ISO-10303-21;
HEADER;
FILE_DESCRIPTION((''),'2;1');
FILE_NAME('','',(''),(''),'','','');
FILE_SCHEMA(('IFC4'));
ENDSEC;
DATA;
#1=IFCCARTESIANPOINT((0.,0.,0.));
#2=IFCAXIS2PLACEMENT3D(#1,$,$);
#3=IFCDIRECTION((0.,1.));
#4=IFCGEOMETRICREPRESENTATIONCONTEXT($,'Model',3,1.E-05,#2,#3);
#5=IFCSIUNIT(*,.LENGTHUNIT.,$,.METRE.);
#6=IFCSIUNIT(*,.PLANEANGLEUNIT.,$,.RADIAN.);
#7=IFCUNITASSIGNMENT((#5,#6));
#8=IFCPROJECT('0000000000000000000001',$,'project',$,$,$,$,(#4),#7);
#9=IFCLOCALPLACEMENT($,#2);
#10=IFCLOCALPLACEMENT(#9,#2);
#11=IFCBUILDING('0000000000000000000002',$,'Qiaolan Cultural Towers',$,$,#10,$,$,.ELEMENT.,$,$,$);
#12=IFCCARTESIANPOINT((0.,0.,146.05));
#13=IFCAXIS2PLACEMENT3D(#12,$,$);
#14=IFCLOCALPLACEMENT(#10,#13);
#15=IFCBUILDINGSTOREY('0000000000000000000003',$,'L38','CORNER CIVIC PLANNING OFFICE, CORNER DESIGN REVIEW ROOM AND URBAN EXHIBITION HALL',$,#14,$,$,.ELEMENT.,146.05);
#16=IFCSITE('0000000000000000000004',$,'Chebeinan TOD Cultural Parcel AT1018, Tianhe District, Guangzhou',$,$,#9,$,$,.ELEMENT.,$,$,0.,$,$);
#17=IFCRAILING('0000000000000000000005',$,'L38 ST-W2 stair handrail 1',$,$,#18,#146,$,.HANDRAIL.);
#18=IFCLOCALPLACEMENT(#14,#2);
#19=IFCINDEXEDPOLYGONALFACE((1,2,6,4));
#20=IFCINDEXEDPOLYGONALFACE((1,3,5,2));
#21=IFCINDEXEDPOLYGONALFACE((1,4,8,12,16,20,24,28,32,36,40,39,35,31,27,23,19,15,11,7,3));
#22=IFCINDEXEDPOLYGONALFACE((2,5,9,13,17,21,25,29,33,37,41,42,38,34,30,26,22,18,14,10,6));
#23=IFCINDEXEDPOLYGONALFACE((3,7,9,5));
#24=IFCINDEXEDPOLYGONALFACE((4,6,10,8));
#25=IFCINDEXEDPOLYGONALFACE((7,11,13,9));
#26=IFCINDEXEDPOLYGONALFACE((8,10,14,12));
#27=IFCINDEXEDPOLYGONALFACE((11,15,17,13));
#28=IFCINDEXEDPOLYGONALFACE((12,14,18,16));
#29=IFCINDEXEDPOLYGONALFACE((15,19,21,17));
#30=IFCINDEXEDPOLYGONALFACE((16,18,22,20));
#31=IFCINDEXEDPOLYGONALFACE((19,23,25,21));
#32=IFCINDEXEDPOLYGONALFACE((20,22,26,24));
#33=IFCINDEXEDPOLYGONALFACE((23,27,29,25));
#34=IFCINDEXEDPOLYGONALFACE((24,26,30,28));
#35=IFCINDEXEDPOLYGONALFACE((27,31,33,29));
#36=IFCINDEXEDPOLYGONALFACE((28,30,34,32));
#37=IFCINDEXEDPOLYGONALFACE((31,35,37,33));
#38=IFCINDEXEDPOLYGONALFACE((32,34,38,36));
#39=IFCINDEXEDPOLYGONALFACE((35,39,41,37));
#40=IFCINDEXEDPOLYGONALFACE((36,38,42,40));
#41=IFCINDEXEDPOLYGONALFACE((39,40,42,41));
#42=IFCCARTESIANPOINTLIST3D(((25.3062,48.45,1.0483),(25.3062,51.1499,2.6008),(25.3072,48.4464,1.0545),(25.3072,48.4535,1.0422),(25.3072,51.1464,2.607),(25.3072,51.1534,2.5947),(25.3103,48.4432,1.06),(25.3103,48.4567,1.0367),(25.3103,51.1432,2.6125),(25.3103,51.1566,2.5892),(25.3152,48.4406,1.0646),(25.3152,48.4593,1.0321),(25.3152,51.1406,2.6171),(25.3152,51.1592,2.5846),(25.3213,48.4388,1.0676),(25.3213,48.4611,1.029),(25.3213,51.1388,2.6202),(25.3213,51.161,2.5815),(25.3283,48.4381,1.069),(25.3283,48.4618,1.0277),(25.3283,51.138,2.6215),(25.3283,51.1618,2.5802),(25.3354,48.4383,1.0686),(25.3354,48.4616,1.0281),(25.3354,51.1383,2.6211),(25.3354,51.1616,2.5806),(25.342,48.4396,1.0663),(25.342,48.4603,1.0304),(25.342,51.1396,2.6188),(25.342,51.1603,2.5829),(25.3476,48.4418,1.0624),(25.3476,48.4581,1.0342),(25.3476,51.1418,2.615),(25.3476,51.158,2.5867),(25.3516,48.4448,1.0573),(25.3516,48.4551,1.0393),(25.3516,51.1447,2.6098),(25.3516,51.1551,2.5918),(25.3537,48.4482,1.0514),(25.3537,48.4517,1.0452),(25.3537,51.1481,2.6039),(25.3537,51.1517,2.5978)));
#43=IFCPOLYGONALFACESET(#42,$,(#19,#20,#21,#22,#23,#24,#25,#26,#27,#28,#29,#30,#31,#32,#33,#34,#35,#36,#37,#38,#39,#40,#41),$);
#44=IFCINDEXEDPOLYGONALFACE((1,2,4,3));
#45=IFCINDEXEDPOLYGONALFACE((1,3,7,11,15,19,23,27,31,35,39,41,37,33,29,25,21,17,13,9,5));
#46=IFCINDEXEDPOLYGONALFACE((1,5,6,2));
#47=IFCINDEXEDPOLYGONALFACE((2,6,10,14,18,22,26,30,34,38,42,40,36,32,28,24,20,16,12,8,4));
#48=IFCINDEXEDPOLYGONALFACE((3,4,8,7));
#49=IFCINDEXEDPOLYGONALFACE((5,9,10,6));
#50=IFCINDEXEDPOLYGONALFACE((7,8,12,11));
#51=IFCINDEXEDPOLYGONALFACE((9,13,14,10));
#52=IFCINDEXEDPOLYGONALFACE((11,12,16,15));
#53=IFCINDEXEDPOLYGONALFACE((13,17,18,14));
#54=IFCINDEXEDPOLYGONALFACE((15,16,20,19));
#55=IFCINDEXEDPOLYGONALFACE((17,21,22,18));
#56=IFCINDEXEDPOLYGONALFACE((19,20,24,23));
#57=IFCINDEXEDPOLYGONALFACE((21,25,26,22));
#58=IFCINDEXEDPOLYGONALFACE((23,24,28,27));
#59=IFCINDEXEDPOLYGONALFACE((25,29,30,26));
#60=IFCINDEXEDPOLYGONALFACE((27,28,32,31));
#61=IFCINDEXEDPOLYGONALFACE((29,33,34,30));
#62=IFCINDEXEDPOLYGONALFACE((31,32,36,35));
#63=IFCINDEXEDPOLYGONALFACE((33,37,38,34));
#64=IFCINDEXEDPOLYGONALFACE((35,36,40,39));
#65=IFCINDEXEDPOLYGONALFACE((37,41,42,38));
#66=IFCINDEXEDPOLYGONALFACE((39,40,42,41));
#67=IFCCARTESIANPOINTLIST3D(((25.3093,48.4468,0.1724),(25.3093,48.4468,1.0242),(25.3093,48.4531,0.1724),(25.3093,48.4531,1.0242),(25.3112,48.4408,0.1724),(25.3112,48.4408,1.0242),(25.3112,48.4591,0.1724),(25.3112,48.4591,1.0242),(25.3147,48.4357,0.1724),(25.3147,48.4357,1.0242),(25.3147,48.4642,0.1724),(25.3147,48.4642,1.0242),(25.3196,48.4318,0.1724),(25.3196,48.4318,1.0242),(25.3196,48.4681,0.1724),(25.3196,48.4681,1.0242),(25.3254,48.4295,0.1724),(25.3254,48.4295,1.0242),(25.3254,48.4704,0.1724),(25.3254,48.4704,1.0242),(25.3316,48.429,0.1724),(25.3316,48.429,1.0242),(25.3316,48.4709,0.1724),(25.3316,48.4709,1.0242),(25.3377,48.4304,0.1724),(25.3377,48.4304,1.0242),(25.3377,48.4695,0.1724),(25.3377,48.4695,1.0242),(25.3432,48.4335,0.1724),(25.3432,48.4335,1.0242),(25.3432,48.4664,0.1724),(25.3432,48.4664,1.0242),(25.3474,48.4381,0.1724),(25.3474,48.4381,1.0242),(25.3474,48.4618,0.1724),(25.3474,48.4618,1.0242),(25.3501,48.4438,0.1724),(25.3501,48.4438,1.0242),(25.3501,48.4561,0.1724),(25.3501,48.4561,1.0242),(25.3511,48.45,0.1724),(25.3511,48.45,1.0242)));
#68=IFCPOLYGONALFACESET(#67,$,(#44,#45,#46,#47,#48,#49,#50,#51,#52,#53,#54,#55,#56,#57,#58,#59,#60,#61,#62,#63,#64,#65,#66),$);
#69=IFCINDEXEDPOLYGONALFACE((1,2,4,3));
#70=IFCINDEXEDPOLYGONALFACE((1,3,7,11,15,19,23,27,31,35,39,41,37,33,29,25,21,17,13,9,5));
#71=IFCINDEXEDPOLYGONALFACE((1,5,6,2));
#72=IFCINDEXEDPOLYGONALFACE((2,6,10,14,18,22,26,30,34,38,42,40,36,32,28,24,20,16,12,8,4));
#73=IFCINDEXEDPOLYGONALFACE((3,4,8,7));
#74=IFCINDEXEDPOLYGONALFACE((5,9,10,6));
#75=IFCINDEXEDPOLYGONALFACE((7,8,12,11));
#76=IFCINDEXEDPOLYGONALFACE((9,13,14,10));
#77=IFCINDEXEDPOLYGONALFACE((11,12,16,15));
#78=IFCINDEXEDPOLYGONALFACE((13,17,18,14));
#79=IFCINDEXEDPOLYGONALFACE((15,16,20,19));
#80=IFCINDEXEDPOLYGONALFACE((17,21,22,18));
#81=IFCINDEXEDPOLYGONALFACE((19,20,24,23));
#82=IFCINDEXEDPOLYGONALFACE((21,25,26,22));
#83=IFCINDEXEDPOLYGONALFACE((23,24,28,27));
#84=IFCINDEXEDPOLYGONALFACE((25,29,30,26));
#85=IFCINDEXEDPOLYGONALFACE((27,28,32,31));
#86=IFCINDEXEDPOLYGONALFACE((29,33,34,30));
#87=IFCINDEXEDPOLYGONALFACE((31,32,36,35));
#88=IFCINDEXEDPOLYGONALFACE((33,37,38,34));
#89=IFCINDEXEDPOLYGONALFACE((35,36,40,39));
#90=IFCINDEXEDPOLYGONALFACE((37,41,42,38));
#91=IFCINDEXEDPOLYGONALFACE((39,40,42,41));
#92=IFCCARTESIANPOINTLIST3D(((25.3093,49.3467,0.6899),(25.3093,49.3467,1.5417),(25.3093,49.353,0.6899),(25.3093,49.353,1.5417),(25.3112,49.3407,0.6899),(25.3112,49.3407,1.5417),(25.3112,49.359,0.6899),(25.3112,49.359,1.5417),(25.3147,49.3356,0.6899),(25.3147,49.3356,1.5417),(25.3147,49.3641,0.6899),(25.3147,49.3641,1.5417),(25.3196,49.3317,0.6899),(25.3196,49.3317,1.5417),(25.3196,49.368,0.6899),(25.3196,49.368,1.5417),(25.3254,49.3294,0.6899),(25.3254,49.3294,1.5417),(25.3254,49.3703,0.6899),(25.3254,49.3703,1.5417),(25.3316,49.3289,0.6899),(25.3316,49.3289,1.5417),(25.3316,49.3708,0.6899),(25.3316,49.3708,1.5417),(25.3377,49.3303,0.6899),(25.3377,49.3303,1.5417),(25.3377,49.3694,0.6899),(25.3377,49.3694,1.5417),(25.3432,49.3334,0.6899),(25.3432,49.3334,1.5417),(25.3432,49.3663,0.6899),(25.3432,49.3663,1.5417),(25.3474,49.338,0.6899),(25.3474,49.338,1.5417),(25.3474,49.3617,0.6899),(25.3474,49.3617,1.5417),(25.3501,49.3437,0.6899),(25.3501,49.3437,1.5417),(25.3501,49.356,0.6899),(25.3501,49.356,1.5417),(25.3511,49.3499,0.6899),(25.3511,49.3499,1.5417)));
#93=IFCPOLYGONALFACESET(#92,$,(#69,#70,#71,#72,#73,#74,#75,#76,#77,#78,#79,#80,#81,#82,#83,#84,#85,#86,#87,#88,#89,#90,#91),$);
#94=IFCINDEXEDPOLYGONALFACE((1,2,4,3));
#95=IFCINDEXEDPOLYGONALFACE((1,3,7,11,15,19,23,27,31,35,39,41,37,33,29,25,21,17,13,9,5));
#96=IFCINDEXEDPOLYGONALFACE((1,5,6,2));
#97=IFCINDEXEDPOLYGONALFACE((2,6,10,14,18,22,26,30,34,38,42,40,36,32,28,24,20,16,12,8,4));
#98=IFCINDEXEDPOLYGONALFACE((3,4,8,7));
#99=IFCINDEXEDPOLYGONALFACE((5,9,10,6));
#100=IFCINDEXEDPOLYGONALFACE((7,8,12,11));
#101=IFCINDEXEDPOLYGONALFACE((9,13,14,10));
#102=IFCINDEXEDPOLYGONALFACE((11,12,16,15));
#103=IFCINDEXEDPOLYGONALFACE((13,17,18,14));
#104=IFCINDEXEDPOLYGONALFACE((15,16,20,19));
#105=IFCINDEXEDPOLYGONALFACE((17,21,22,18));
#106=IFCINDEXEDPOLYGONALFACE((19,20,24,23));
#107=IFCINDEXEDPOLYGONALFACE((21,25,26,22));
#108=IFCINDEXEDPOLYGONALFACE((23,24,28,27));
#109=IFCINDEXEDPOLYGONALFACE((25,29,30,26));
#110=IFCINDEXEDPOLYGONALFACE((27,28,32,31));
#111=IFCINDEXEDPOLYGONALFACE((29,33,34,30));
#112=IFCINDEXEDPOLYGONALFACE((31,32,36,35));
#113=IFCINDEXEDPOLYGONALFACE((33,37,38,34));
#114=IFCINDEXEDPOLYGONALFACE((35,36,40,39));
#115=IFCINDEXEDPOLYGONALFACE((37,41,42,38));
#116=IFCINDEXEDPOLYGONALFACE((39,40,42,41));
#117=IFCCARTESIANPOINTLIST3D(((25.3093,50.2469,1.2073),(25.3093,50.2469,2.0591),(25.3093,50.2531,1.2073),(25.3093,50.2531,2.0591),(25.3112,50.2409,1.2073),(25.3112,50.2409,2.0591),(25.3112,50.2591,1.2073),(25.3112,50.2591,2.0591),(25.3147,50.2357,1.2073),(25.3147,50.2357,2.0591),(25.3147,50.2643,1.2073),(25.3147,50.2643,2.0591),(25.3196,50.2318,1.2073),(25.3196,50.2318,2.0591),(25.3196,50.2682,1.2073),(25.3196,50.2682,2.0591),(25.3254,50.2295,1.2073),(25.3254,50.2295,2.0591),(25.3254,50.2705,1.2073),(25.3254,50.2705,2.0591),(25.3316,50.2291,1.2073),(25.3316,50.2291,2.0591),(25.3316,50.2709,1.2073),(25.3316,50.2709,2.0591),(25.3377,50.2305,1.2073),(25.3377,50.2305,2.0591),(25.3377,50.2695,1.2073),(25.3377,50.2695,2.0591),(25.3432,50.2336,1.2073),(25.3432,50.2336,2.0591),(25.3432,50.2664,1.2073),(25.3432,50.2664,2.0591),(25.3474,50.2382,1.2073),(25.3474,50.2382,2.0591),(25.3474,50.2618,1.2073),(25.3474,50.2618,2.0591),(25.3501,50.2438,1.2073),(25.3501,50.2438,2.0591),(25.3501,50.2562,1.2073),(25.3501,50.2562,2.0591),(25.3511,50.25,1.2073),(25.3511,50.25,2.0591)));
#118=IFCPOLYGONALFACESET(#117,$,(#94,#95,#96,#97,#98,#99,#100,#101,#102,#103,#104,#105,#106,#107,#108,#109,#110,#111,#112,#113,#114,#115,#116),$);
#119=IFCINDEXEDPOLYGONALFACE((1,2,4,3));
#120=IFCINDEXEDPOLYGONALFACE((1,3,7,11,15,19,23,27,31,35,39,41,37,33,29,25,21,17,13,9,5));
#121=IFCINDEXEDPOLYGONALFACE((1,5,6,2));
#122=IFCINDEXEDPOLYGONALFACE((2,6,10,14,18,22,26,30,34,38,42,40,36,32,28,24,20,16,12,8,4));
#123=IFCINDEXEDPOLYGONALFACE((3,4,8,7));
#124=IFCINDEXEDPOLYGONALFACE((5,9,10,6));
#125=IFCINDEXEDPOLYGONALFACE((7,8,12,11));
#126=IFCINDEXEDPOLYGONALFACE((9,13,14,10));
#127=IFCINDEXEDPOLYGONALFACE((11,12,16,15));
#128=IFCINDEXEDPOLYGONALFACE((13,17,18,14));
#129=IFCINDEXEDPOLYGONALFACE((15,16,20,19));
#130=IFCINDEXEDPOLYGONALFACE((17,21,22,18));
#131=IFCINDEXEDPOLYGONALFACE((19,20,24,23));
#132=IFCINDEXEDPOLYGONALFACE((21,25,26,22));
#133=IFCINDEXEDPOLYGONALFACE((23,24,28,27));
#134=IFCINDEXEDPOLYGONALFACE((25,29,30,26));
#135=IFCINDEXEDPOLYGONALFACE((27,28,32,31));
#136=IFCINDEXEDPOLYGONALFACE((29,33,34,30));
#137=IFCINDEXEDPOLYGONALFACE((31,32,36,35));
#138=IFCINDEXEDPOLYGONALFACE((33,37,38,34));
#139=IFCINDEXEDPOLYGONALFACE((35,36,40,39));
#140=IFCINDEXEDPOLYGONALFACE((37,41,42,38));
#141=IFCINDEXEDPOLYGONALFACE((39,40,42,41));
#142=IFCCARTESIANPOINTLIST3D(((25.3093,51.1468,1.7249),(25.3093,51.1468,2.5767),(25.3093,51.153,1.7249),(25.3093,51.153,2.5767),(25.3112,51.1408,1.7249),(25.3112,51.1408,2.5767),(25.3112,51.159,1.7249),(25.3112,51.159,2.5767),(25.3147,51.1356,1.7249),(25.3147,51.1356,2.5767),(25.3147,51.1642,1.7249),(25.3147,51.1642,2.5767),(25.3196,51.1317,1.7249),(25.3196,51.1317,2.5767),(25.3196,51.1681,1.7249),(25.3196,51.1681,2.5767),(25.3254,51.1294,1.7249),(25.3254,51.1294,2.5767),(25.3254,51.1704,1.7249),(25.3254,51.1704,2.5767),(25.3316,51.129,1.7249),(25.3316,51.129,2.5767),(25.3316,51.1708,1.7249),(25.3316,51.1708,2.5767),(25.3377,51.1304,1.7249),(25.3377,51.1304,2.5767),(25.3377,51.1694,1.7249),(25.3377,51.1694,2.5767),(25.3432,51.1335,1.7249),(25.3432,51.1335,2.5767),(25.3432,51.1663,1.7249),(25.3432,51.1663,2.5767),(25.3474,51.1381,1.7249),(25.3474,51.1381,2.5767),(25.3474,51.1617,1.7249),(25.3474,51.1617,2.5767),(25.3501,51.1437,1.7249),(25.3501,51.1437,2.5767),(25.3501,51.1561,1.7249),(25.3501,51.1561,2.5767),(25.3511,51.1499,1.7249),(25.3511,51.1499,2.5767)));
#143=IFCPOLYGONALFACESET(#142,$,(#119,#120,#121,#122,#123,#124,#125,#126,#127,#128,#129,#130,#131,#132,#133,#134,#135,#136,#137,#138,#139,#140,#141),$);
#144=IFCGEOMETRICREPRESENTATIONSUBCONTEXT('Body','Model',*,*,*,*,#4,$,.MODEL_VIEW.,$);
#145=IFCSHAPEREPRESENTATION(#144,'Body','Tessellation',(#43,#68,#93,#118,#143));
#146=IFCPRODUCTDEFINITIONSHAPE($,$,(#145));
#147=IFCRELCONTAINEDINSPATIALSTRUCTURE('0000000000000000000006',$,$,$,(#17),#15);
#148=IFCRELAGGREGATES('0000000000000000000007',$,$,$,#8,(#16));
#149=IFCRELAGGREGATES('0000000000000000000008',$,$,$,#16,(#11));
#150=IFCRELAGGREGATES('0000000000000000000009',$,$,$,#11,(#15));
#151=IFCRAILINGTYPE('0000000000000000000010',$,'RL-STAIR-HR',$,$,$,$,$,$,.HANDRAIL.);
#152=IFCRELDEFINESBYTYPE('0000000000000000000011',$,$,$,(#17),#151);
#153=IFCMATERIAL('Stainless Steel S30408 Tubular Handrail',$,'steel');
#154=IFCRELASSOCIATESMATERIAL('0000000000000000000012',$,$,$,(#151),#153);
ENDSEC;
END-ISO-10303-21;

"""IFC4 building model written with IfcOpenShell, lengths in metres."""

from ifc_helpers import new_model, si_unit, direction, frame, origin, origin_2d, place, context, subcontext, project, spatial, circle, extrude, material, type_object, element, save


model = new_model("IFC4")

# Units and contexts
model_context = context("Model", 3, precision=1e-05, world=origin(), true_north=direction((0.0, 1.0)))
body_context = subcontext(model_context, "Body", "Model", "MODEL_VIEW")
ifc_project = project(units=[si_unit("LENGTHUNIT", "METRE"), si_unit("PLANEANGLEUNIT", "RADIAN")], contexts=[model_context])

# Site, building, storey
site_placement = place(None, origin())
site = spatial("IfcSite", under=ifc_project, at=site_placement, Name="Chebeinan TOD Cultural Parcel AT1018, Tianhe District, Guangzhou", CompositionType="ELEMENT", RefElevation=0.0)
building_placement = place(site_placement, origin())
building = spatial("IfcBuilding", under=site, at=building_placement, Name="Qiaolan Cultural Towers", CompositionType="ELEMENT")
storey_placement = place(building_placement, frame((0.0, 0.0, 146.05)))
storey = spatial("IfcBuildingStorey", under=building, at=storey_placement, Name="L38", Description="CORNER CIVIC PLANNING OFFICE, CORNER DESIGN REVIEW ROOM AND URBAN EXHIBITION HALL", CompositionType="ELEMENT", Elevation=146.05)

# Railing
ifc_material_1 = material(Name="Stainless Steel S30408 Tubular Handrail", Category="steel")
railing_type = type_object("IfcRailingType", Name="RL-STAIR-HR", PredefinedType="HANDRAIL", material=ifc_material_1)
railing_placement = place(storey_placement, frame((25.3301, 48.45, 0.1724)))
element("IfcRailing", 1, at=railing_placement, inside=storey, type_object=railing_type, Name="L38 ST-W2 stair handrail 1", PredefinedType="HANDRAIL", context=body_context, shape_type="SweptSolid", body=[
    extrude(circle(Radius=0.0239, at=origin_2d()), frame((0.0, 0.0, 0.876), z_axis=(0.0, 0.866904, 0.498476), x_axis=(-1.0, 0.0, 0.0)), (0.0, 0.0, 1.0), 3.1145),
    extrude(circle(Radius=0.021, at=origin_2d()), origin(), (0.0, 0.0, 1.0), 0.8518),
    extrude(circle(Radius=0.021, at=origin_2d()), frame((0.0, 0.8999, 0.5176)), (0.0, 0.0, 1.0), 0.8518),
    extrude(circle(Radius=0.021, at=origin_2d()), frame((0.0, 1.8, 1.0349)), (0.0, 0.0, 1.0), 0.8518),
    extrude(circle(Radius=0.021, at=origin_2d()), frame((0.0, 2.7, 1.5525)), (0.0, 0.0, 1.0), 0.8518),
])

save(model, "model.ifc")
